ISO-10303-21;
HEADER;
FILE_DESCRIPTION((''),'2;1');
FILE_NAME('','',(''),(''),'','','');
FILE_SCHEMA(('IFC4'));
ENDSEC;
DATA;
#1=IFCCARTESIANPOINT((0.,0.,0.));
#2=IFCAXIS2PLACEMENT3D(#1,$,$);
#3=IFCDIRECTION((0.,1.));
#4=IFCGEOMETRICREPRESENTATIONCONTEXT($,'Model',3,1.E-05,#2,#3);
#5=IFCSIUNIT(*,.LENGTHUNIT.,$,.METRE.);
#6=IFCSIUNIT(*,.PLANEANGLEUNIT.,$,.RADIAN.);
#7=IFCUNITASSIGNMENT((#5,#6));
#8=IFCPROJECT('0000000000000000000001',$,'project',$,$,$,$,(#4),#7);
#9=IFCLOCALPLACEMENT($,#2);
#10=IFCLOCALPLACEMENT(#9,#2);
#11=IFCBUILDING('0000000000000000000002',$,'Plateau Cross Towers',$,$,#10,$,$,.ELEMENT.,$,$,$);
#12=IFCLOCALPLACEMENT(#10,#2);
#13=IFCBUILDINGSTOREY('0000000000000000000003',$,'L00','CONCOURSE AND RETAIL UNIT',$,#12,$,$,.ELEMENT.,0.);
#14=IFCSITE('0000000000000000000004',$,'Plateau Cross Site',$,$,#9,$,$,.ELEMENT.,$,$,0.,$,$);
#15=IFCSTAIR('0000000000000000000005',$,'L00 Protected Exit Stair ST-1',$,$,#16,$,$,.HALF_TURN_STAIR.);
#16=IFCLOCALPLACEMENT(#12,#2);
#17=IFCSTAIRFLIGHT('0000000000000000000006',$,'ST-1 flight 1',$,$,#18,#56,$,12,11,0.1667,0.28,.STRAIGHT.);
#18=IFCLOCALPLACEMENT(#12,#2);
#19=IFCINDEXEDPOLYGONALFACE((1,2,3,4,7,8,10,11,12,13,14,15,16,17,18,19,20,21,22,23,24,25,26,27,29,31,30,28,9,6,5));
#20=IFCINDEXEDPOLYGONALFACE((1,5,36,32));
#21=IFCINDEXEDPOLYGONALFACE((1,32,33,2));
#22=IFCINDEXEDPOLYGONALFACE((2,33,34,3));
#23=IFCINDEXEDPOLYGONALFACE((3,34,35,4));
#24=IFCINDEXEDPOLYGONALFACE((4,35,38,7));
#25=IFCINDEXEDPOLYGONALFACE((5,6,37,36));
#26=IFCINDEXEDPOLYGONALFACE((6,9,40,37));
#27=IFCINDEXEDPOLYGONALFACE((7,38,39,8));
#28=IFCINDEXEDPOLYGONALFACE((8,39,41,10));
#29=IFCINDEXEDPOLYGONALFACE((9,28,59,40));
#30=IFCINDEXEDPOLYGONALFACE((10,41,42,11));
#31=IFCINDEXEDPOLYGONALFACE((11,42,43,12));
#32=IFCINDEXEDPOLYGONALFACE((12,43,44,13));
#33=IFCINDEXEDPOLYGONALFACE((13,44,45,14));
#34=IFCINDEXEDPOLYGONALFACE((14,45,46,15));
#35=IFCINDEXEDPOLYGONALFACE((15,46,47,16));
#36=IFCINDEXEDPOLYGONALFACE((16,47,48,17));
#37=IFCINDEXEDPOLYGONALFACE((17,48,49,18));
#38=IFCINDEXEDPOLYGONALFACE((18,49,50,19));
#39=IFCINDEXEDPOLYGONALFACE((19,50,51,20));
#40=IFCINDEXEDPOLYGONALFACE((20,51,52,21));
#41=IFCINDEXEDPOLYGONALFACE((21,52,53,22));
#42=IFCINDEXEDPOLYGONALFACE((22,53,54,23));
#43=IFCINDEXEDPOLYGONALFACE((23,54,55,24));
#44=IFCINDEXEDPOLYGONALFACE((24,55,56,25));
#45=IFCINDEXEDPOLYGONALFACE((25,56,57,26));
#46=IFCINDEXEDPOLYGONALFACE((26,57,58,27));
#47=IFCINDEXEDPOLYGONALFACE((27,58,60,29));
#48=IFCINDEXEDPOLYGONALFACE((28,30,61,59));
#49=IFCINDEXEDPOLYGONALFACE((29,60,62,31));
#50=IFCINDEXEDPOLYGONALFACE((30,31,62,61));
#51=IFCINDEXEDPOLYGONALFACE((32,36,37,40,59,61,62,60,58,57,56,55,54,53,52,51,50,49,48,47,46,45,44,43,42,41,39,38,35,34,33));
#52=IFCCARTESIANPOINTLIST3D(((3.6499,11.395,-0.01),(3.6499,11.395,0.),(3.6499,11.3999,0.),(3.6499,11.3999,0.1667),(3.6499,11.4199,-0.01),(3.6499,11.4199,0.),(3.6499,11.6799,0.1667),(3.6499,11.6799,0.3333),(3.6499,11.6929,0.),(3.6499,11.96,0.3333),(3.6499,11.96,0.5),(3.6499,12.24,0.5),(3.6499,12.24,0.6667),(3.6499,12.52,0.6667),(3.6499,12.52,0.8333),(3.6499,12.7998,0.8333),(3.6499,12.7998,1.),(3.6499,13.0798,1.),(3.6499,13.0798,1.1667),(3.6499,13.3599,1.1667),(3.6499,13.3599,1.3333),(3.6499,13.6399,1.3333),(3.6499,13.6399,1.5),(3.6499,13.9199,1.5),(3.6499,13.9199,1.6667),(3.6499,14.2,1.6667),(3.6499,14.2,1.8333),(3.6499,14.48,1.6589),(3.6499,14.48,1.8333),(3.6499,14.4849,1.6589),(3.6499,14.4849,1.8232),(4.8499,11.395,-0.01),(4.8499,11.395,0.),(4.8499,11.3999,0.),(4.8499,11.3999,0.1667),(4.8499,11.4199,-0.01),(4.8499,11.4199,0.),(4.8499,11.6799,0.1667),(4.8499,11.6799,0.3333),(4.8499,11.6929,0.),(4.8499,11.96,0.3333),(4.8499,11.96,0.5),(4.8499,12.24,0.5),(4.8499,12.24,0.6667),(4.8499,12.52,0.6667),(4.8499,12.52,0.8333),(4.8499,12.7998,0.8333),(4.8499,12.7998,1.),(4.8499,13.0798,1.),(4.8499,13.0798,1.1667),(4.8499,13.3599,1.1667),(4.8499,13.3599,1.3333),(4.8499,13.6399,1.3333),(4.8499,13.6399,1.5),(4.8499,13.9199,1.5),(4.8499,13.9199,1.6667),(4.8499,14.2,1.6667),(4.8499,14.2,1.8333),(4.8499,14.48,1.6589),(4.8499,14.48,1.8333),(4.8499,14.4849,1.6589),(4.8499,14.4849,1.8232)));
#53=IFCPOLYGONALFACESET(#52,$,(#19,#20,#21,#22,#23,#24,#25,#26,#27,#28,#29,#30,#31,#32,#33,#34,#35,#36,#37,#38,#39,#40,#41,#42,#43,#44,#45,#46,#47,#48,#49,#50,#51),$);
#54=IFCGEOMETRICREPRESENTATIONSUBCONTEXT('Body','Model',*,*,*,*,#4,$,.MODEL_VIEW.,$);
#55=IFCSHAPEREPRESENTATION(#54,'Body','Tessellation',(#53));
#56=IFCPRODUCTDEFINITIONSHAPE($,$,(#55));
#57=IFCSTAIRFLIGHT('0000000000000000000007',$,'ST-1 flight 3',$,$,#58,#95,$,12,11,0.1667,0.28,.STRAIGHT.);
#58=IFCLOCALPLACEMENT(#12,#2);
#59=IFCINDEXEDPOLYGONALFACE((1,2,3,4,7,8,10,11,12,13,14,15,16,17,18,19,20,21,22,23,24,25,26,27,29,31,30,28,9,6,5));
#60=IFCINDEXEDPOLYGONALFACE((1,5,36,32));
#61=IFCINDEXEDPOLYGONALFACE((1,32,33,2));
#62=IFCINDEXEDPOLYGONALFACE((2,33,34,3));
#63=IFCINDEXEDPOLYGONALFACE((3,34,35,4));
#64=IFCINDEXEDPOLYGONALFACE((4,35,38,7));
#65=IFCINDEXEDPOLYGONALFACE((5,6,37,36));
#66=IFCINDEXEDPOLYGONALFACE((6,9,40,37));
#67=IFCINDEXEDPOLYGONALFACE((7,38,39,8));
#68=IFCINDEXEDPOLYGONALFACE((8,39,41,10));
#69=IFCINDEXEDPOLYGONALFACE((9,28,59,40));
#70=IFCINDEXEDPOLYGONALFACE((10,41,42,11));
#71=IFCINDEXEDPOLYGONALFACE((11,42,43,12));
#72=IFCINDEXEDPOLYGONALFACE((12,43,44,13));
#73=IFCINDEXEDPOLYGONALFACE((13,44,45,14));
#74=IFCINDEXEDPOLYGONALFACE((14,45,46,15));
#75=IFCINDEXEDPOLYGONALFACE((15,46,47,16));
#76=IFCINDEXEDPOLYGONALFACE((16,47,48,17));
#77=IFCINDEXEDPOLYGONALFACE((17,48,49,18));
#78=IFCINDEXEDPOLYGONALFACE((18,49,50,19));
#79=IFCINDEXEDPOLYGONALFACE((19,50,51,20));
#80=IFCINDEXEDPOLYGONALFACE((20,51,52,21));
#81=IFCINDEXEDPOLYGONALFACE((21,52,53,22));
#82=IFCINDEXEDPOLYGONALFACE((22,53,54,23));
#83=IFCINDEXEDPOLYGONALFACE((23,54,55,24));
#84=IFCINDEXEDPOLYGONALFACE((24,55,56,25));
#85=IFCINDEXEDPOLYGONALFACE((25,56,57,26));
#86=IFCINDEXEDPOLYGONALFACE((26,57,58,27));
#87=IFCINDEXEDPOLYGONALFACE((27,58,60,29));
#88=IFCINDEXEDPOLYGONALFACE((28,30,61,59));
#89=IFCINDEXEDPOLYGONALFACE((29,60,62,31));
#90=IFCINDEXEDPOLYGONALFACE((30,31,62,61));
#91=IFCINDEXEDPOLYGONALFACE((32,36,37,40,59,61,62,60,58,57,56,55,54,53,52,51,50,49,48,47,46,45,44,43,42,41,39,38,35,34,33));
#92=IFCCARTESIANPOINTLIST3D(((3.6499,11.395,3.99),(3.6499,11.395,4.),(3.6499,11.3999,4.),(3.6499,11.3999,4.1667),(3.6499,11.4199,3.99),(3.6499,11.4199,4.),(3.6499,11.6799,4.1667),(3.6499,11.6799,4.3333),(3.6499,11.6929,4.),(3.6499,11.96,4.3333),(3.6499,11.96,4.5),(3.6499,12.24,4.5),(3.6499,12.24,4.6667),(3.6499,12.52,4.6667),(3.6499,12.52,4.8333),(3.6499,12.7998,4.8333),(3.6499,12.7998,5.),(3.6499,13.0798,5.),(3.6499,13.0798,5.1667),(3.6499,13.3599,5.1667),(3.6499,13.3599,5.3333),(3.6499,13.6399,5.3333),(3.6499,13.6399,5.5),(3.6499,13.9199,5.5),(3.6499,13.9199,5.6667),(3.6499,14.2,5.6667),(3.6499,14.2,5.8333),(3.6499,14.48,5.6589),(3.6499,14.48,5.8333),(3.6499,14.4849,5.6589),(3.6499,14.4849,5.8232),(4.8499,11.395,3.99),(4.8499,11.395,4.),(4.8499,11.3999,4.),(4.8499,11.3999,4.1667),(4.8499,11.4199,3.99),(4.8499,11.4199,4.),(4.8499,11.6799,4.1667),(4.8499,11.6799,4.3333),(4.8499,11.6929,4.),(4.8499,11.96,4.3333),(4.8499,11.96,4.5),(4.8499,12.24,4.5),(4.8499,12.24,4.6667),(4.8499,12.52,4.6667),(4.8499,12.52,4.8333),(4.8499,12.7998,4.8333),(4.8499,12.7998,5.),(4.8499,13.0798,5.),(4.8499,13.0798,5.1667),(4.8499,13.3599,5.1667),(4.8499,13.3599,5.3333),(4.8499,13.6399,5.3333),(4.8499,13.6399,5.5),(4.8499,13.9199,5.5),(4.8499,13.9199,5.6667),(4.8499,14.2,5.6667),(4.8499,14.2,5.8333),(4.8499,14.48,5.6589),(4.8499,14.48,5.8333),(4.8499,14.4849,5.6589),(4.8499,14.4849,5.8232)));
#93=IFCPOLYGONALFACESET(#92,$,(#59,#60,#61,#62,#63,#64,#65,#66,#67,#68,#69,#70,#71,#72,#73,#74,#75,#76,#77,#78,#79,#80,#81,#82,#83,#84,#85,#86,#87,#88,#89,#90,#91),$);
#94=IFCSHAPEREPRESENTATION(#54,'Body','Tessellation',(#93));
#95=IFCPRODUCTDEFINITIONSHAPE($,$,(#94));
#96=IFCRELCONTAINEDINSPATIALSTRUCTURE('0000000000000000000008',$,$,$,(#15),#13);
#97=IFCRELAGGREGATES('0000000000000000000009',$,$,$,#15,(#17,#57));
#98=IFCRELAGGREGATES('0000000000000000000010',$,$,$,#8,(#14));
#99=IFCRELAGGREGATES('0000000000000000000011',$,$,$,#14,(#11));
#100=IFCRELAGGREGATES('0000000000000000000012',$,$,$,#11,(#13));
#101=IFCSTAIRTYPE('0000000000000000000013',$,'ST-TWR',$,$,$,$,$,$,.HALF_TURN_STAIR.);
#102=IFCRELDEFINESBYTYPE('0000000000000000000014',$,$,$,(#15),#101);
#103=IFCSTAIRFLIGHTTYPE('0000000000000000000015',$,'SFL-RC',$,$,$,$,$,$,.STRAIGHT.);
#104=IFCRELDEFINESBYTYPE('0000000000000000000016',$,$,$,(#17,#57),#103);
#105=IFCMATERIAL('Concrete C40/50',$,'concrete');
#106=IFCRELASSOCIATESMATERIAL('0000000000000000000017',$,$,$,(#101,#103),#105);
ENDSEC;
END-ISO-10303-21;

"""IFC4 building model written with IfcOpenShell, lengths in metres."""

from ifc_helpers import new_model, si_unit, direction, frame, origin, place, context, subcontext, project, spatial, polyline, outline, extrude, material, type_object, element, aggregate, save


model = new_model("IFC4")

# Units and contexts
model_context = context("Model", 3, precision=1e-05, world=origin(), true_north=direction((0.0, 1.0)))
body_context = subcontext(model_context, "Body", "Model", "MODEL_VIEW")
ifc_project = project(units=[si_unit("LENGTHUNIT", "METRE"), si_unit("PLANEANGLEUNIT", "RADIAN")], contexts=[model_context])

# Site, building, storey
site_placement = place(None, origin())
site = spatial("IfcSite", under=ifc_project, at=site_placement, Name="Plateau Cross Site", CompositionType="ELEMENT", RefElevation=0.0)
building_placement = place(site_placement, origin())
building = spatial("IfcBuilding", under=site, at=building_placement, Name="Plateau Cross Towers", CompositionType="ELEMENT")
storey_placement = place(building_placement, origin())
storey = spatial("IfcBuildingStorey", under=building, at=storey_placement, Name="L00", Description="CONCOURSE AND RETAIL UNIT", CompositionType="ELEMENT", Elevation=0.0)

# Stair, stair flights
ifc_material_1 = material(Name="Concrete C40/50", Category="concrete")
stair_type = type_object("IfcStairType", Name="ST-TWR", PredefinedType="HALF_TURN_STAIR", material=ifc_material_1)
stair_placement = place(storey_placement, origin())
stair = element("IfcStair", 1, at=stair_placement, inside=storey, type_object=stair_type, Name="L00 Protected Exit Stair ST-1", PredefinedType="HALF_TURN_STAIR")
stair_flight_type = type_object("IfcStairFlightType", Name="SFL-RC", PredefinedType="STRAIGHT", material=ifc_material_1)
stair_flight_1_placement = place(storey_placement, frame((4.25, 11.3999, 0.0), z_axis=(0.0, 0.0, 1.0), x_axis=(0.0, 1.0, 0.0)))
stair_flight_1 = element("IfcStairFlight", 2, at=stair_flight_1_placement, type_object=stair_flight_type, Name="ST-1 flight 1", NumberOfRisers=12, NumberOfTreads=11, PredefinedType="STRAIGHT", RiserHeight=0.1667, TreadLength=0.28, context=body_context, shape_type="SweptSolid", body=[
    extrude(outline(polyline([(-0.0049, -0.01), (-0.0049, 0.0), (0.0, 0.0), (0.0, 0.1667), (0.28, 0.1667), (0.28, 0.3333), (0.5601, 0.3333), (0.5601, 0.5), (0.8401, 0.5), (0.8401, 0.6667), (1.1201, 0.6667), (1.1201, 0.8333), (1.3999, 0.8333), (1.3999, 1.0), (1.6799, 1.0), (1.6799, 1.1667), (1.96, 1.1667), (1.96, 1.3333), (2.24, 1.3333), (2.24, 1.5), (2.52, 1.5), (2.52, 1.6667), (2.8, 1.6667), (2.8, 1.8333), (3.0801, 1.8333), (3.085, 1.8232), (3.085, 1.6589), (3.0801, 1.6589), (0.293, 0.0), (0.02, 0.0), (0.02, -0.01), (-0.0049, -0.01)])), frame((0.0, 0.6001, 0.0), z_axis=(0.0, -1.0, 0.0), x_axis=(1.0, 0.0, 0.0)), (0.0, 0.0, 1.0), 1.2),
])
stair_flight_2_placement = place(storey_placement, frame((4.25, 11.3999, 4.0), z_axis=(0.0, 0.0, 1.0), x_axis=(0.0, 1.0, 0.0)))
stair_flight_2 = element("IfcStairFlight", 3, at=stair_flight_2_placement, type_object=stair_flight_type, Name="ST-1 flight 3", NumberOfRisers=12, NumberOfTreads=11, PredefinedType="STRAIGHT", RiserHeight=0.1667, TreadLength=0.28, context=body_context, shape_type="SweptSolid", body=[
    extrude(outline(polyline([(-0.0049, -0.01), (-0.0049, 0.0), (0.0, 0.0), (0.0, 0.1667), (0.28, 0.1667), (0.28, 0.3333), (0.5601, 0.3333), (0.5601, 0.5), (0.8401, 0.5), (0.8401, 0.6667), (1.1201, 0.6667), (1.1201, 0.8333), (1.3999, 0.8333), (1.3999, 1.0), (1.6799, 1.0), (1.6799, 1.1667), (1.96, 1.1667), (1.96, 1.3333), (2.24, 1.3333), (2.24, 1.5), (2.52, 1.5), (2.52, 1.6667), (2.8, 1.6667), (2.8, 1.8333), (3.0801, 1.8333), (3.085, 1.8232), (3.085, 1.6589), (3.0801, 1.6589), (0.293, 0.0), (0.02, 0.0), (0.02, -0.01), (-0.0049, -0.01)])), frame((0.0, 0.6001, 0.0), z_axis=(0.0, -1.0, 0.0), x_axis=(1.0, 0.0, 0.0)), (0.0, 0.0, 1.0), 1.2),
])
aggregate(stair, [stair_flight_1, stair_flight_2])

save(model, "model.ifc")
